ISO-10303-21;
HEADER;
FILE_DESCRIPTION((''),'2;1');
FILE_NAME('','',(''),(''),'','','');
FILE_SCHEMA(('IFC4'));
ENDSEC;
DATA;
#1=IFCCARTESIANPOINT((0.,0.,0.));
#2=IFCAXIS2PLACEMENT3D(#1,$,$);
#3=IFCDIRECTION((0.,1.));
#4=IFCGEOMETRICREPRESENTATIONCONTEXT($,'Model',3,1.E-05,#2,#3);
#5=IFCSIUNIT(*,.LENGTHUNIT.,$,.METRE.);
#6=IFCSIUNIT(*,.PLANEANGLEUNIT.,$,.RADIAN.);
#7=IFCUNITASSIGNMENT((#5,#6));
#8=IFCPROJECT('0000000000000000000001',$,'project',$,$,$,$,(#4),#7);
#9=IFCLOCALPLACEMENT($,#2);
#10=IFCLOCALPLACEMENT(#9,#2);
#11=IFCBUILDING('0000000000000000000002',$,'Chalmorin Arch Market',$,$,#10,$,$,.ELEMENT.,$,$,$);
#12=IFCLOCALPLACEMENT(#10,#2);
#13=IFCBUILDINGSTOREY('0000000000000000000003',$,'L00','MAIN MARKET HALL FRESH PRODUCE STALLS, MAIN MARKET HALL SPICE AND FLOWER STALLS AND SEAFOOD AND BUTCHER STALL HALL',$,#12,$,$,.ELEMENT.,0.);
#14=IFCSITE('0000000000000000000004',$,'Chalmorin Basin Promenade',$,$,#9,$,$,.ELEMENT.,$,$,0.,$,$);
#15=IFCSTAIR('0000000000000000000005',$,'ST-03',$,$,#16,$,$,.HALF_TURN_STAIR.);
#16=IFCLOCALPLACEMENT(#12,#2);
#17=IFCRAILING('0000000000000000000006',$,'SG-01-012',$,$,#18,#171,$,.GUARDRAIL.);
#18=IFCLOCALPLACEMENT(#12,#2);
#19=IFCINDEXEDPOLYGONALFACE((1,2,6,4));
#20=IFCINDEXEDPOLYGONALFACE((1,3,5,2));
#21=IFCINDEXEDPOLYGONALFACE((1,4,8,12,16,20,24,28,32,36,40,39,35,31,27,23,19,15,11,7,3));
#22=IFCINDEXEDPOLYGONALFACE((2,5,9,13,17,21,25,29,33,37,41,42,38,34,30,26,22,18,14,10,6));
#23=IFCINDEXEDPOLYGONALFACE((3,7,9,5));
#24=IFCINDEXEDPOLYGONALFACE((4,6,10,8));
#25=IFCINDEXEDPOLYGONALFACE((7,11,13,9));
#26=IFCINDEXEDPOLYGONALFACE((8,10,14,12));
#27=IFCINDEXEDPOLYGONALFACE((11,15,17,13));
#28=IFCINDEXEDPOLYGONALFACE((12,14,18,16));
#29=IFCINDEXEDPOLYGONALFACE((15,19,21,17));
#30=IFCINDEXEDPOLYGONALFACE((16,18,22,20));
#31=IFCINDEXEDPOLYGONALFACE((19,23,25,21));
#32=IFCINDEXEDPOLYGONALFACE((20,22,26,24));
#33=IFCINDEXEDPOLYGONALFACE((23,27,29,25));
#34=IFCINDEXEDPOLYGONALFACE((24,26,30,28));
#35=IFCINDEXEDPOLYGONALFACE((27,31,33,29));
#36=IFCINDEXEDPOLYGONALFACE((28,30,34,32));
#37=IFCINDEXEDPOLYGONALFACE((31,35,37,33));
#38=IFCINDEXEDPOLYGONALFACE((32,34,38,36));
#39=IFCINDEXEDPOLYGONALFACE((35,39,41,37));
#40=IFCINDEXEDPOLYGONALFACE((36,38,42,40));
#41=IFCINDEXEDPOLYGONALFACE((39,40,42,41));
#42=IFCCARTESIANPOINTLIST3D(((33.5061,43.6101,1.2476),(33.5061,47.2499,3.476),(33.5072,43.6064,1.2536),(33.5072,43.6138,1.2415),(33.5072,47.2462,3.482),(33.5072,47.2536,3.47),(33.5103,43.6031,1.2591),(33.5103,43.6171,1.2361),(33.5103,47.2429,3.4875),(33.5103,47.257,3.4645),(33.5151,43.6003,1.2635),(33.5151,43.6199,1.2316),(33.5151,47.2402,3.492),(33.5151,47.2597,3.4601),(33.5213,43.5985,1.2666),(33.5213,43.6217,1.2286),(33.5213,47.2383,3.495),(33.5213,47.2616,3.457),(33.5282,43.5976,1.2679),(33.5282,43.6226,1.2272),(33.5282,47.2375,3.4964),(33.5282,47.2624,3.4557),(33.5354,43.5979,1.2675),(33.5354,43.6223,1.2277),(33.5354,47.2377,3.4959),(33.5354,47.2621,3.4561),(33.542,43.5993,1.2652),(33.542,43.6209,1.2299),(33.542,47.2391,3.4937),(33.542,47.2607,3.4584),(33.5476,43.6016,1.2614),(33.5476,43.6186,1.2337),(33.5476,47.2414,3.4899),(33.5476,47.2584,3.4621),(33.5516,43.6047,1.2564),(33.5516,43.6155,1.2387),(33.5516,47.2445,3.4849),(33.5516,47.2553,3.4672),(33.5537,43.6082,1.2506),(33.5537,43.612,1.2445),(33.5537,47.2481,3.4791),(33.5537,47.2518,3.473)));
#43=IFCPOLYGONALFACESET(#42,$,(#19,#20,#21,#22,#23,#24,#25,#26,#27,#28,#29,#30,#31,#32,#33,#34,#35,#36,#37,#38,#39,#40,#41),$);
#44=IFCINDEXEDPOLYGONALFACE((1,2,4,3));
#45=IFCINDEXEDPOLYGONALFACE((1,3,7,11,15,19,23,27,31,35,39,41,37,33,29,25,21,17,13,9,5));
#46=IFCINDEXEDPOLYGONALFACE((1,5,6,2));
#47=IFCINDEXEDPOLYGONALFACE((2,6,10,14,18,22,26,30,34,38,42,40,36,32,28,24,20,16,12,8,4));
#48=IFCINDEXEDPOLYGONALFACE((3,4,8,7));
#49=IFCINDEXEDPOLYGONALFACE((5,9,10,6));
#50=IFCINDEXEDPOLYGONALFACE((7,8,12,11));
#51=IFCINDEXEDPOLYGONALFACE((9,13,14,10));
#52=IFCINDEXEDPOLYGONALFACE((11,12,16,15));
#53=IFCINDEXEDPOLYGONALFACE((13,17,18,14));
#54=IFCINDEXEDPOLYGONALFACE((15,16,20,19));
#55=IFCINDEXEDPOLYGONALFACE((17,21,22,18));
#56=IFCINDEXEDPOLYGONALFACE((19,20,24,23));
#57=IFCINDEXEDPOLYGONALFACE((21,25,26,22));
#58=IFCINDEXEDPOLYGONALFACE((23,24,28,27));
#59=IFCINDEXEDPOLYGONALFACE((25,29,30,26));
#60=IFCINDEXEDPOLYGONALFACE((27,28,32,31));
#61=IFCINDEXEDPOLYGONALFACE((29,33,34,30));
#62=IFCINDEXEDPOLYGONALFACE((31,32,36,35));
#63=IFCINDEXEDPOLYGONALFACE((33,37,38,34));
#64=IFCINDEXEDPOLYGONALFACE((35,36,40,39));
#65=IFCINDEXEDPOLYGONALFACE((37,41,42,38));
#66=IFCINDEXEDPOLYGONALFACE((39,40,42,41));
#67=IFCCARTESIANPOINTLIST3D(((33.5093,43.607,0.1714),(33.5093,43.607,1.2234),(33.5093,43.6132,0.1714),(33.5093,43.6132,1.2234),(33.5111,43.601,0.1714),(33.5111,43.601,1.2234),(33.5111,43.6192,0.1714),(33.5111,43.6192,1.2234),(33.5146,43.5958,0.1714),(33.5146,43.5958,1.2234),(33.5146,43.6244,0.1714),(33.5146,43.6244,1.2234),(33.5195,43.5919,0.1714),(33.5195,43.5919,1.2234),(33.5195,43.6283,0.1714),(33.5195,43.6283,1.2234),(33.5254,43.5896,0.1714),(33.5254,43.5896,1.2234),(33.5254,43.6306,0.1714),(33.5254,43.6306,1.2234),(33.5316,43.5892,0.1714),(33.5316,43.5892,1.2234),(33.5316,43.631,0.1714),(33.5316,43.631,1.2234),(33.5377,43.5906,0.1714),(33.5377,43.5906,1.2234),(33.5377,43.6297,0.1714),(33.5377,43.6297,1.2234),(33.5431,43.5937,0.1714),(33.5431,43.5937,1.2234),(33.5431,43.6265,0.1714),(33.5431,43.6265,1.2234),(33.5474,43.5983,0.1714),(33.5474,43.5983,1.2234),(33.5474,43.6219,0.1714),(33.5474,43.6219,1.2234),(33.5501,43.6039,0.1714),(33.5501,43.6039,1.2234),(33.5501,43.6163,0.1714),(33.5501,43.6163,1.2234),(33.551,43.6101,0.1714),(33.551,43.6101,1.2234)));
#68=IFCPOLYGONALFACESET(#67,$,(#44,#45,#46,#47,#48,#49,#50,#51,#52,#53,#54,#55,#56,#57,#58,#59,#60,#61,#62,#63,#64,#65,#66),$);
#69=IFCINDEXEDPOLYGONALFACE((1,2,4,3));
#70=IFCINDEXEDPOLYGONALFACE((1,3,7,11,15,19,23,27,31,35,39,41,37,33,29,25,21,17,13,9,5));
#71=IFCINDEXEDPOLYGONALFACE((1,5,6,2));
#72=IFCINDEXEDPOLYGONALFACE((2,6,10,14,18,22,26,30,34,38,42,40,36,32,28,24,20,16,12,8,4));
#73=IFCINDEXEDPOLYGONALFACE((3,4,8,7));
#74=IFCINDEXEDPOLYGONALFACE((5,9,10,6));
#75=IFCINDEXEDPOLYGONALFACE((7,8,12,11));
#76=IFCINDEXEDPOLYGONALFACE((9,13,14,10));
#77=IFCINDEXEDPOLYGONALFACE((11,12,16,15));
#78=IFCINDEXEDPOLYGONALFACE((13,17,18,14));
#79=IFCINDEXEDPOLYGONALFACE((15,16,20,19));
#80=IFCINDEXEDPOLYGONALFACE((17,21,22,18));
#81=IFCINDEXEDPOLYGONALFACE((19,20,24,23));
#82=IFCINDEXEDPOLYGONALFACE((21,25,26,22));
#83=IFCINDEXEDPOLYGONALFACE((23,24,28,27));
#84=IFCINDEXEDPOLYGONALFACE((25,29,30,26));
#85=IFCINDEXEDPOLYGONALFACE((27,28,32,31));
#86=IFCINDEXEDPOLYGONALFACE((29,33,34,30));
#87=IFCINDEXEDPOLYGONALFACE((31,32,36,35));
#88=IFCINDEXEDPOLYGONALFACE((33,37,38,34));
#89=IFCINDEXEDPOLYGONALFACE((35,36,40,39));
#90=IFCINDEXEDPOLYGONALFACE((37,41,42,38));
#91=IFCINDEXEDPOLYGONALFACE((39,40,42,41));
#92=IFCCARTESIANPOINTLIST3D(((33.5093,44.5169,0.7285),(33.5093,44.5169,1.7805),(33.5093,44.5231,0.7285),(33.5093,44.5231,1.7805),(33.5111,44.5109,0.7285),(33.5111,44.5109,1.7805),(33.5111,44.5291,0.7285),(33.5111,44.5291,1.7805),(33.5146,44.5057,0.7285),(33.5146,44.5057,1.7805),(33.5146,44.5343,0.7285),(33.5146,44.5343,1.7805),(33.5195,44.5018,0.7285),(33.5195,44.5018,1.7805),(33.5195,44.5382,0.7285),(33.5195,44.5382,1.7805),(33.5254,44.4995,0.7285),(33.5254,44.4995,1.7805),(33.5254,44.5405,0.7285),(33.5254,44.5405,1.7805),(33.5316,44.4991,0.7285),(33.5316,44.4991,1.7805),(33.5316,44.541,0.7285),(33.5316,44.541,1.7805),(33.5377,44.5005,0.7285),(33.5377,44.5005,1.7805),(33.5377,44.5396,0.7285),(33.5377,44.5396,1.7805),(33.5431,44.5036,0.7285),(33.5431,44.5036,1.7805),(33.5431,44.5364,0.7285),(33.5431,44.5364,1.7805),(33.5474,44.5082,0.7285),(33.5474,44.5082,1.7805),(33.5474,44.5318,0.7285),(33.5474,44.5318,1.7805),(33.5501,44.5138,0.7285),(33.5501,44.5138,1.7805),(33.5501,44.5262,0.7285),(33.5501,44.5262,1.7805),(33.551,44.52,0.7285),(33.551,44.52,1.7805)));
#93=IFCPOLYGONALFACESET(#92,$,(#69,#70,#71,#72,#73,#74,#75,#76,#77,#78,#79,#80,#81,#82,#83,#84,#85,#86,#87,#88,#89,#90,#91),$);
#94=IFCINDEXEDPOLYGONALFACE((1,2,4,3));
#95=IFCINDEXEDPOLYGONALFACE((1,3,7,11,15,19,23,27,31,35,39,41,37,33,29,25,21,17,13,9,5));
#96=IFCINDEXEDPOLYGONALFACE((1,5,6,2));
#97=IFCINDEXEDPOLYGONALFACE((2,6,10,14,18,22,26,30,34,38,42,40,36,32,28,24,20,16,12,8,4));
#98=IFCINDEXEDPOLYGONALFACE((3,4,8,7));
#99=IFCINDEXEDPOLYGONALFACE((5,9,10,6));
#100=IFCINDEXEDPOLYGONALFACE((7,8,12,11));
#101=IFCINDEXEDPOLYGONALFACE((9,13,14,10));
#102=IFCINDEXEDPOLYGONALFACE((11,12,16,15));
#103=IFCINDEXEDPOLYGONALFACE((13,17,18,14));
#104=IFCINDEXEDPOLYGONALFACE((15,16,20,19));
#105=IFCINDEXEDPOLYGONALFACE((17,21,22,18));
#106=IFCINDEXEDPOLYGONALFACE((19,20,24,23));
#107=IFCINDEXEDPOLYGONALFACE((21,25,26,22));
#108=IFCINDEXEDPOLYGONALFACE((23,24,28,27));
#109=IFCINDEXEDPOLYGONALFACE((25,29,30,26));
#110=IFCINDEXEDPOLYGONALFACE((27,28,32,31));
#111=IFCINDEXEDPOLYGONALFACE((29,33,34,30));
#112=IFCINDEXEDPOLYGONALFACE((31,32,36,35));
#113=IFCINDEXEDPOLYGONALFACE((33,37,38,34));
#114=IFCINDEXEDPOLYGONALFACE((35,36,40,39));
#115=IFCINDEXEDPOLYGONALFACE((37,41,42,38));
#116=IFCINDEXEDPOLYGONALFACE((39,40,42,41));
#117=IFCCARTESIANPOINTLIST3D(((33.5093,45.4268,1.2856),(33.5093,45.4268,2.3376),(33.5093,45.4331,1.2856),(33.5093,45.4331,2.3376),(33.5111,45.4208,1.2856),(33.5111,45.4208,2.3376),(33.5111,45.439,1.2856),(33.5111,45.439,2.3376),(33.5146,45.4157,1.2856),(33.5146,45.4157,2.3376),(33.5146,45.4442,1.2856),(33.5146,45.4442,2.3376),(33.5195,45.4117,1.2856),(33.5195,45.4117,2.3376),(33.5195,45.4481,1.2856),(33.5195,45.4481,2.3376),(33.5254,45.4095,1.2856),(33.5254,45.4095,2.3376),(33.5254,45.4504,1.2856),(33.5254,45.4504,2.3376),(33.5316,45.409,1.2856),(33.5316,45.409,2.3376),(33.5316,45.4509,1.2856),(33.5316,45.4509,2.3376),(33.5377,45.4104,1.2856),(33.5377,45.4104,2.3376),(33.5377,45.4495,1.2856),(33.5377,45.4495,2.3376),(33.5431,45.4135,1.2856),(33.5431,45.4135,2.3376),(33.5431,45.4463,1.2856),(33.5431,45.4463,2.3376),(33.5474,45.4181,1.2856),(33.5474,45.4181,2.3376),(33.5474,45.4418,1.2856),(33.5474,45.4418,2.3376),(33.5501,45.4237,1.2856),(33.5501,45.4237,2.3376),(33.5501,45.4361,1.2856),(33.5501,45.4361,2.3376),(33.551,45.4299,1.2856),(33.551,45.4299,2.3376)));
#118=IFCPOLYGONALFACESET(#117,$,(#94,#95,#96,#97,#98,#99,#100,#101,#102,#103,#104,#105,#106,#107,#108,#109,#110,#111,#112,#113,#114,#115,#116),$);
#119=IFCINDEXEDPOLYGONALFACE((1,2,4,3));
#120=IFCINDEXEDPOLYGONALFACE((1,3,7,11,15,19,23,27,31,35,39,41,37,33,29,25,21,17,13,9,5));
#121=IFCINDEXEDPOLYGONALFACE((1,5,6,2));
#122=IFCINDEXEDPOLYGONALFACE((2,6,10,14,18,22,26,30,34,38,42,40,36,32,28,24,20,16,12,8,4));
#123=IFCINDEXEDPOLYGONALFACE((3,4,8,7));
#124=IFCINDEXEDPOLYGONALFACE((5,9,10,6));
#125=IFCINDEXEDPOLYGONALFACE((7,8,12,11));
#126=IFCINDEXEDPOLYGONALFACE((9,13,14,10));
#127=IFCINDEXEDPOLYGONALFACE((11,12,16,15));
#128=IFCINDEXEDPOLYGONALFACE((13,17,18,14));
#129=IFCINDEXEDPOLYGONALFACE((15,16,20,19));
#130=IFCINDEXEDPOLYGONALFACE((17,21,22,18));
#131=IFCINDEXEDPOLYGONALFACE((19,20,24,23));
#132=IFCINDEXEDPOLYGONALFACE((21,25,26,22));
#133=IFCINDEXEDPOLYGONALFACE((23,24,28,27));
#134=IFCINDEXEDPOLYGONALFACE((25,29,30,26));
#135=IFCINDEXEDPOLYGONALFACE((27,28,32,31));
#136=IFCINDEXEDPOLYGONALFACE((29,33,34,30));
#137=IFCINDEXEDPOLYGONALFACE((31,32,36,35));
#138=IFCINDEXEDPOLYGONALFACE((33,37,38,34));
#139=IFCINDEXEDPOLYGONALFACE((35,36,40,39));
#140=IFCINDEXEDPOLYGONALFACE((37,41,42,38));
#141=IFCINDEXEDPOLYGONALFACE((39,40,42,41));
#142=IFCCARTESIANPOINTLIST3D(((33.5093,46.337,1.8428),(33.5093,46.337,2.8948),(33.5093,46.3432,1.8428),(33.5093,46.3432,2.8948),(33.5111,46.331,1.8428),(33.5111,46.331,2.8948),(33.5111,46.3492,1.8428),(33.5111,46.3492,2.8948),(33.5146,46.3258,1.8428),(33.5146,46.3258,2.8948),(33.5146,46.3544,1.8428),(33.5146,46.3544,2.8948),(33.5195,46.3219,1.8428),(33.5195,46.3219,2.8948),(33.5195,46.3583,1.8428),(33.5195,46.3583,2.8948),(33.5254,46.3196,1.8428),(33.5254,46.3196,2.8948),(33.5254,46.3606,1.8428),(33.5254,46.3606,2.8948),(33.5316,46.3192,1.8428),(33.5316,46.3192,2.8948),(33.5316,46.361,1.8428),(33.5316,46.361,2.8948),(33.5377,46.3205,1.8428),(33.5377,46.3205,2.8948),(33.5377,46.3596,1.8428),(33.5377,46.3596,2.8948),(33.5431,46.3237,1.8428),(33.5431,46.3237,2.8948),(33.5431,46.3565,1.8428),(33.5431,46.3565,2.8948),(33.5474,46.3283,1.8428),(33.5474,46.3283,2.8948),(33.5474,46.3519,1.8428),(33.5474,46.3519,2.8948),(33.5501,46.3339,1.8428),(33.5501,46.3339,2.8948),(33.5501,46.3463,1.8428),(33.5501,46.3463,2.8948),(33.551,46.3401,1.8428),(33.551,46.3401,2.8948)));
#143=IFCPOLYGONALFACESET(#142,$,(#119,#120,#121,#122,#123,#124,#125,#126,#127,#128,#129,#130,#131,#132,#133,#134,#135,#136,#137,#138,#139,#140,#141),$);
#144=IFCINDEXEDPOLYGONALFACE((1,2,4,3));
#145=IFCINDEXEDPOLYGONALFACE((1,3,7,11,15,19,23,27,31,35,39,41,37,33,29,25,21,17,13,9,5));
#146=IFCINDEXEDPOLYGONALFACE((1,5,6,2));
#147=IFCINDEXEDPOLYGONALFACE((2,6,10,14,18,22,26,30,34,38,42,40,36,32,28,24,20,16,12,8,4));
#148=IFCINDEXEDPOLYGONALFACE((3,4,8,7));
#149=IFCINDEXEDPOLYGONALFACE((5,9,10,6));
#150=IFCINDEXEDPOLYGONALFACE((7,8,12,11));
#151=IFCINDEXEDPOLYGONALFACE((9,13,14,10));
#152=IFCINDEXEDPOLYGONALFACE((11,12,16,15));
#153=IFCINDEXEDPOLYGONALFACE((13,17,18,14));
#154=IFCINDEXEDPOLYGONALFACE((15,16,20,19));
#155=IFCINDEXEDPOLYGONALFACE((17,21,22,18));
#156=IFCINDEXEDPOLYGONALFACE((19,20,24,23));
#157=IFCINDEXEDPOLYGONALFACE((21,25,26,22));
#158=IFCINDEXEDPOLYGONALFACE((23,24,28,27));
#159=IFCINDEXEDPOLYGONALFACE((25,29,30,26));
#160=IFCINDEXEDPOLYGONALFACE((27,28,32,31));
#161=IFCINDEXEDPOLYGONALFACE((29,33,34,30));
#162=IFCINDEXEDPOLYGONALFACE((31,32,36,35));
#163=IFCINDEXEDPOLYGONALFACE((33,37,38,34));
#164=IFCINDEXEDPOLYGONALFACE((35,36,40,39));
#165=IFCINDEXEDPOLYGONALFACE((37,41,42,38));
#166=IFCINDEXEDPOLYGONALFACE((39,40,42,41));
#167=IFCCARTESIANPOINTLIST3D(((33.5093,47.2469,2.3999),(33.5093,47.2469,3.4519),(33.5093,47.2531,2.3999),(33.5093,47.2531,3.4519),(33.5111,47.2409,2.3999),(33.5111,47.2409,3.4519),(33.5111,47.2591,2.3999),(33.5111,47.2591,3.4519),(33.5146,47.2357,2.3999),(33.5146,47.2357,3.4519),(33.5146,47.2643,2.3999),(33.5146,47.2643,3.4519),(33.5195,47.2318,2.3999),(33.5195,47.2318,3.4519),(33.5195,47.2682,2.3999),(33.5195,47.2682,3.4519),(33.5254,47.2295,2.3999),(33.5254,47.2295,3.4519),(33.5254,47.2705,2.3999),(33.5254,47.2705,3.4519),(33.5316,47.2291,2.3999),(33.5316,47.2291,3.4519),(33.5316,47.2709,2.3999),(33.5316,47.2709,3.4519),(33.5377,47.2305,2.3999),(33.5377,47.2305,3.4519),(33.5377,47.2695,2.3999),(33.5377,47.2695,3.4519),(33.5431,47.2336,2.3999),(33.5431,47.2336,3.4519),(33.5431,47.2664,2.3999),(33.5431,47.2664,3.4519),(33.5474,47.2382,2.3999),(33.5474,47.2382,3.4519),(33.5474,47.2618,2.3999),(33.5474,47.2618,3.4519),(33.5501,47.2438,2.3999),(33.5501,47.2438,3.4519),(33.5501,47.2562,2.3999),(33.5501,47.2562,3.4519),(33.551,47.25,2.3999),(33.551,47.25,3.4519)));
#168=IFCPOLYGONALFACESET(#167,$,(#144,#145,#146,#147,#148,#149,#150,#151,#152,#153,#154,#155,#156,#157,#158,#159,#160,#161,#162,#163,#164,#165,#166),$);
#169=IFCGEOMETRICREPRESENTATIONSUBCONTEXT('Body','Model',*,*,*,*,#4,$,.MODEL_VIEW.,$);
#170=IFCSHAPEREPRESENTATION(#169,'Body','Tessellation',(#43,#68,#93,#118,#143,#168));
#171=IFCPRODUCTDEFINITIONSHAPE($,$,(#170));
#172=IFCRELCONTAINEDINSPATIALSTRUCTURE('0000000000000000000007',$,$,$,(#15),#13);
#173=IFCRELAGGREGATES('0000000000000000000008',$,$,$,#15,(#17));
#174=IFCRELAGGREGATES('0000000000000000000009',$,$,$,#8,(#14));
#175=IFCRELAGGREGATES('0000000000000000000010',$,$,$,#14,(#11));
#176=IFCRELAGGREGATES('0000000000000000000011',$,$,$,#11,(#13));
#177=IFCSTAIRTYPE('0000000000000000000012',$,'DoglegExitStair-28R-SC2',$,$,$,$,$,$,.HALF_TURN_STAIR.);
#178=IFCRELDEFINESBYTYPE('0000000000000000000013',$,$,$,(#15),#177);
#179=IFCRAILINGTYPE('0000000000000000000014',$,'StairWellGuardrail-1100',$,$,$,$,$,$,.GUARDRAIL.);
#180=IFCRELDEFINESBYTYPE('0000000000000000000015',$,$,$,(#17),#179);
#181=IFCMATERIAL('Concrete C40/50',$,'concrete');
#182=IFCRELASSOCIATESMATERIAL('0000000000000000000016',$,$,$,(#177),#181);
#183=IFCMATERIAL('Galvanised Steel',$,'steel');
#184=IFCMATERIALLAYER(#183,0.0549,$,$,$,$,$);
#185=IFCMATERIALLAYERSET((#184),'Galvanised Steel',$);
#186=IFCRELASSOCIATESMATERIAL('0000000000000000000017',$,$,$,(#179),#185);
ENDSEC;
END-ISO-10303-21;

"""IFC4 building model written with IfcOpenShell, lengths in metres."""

from ifc_helpers import new_model, si_unit, direction, frame, origin, origin_2d, place, context, subcontext, project, spatial, circle, extrude, material, layer, layer_set, type_object, element, aggregate, save


model = new_model("IFC4")

# Units and contexts
model_context = context("Model", 3, precision=1e-05, world=origin(), true_north=direction((0.0, 1.0)))
body_context = subcontext(model_context, "Body", "Model", "MODEL_VIEW")
ifc_project = project(units=[si_unit("LENGTHUNIT", "METRE"), si_unit("PLANEANGLEUNIT", "RADIAN")], contexts=[model_context])

# Site, building, storey
site_placement = place(None, origin())
site = spatial("IfcSite", under=ifc_project, at=site_placement, Name="Chalmorin Basin Promenade", CompositionType="ELEMENT", RefElevation=0.0)
building_placement = place(site_placement, origin())
building = spatial("IfcBuilding", under=site, at=building_placement, Name="Chalmorin Arch Market", CompositionType="ELEMENT")
storey_placement = place(building_placement, origin())
storey = spatial("IfcBuildingStorey", under=building, at=storey_placement, Name="L00", Description="MAIN MARKET HALL FRESH PRODUCE STALLS, MAIN MARKET HALL SPICE AND FLOWER STALLS AND SEAFOOD AND BUTCHER STALL HALL", CompositionType="ELEMENT", Elevation=0.0)

# Shared definitions
ifc_material_1 = material(Name="Concrete C40/50", Category="concrete")

# Stair, railing
stair_type = type_object("IfcStairType", Name="DoglegExitStair-28R-SC2", PredefinedType="HALF_TURN_STAIR", material=ifc_material_1)
stair_placement = place(storey_placement, origin())
stair = element("IfcStair", 1, at=stair_placement, inside=storey, type_object=stair_type, Name="ST-03", PredefinedType="HALF_TURN_STAIR")
ifc_material_2 = material(Name="Galvanised Steel", Category="steel")
ifc_layer_1 = layer(ifc_material_2, 0.0549)
ifc_layer_set_1 = layer_set([ifc_layer_1], Name="Galvanised Steel")
railing_type_1 = type_object("IfcRailingType", Name="StairWellGuardrail-1100", PredefinedType="GUARDRAIL", material=ifc_layer_set_1)
railing_1_placement = place(storey_placement, frame((33.53, 43.6101, 0.1714)))
railing_1 = element("IfcRailing", 2, at=railing_1_placement, type_object=railing_type_1, Name="SG-01-012", PredefinedType="GUARDRAIL", context=body_context, shape_type="SweptSolid", body=[
    extrude(circle(Radius=0.0239, at=origin_2d()), frame((0.0, 0.0, 1.0762), z_axis=(0.0, 0.85285, 0.522156), x_axis=(-1.0, 0.0, 0.0)), (0.0, 0.0, 1.0), 4.2678),
    extrude(circle(Radius=0.021, at=origin_2d()), origin(), (0.0, 0.0, 1.0), 1.052),
    extrude(circle(Radius=0.021, at=origin_2d()), frame((0.0, 0.9099, 0.5571)), (0.0, 0.0, 1.0), 1.052),
    extrude(circle(Radius=0.021, at=origin_2d()), frame((0.0, 1.8198, 1.1143)), (0.0, 0.0, 1.0), 1.052),
    extrude(circle(Radius=0.021, at=origin_2d()), frame((0.0, 2.73, 1.6714)), (0.0, 0.0, 1.0), 1.052),
    extrude(circle(Radius=0.021, at=origin_2d()), frame((0.0, 3.6399, 2.2285)), (0.0, 0.0, 1.0), 1.052),
])
aggregate(stair, [railing_1])

save(model, "model.ifc")
